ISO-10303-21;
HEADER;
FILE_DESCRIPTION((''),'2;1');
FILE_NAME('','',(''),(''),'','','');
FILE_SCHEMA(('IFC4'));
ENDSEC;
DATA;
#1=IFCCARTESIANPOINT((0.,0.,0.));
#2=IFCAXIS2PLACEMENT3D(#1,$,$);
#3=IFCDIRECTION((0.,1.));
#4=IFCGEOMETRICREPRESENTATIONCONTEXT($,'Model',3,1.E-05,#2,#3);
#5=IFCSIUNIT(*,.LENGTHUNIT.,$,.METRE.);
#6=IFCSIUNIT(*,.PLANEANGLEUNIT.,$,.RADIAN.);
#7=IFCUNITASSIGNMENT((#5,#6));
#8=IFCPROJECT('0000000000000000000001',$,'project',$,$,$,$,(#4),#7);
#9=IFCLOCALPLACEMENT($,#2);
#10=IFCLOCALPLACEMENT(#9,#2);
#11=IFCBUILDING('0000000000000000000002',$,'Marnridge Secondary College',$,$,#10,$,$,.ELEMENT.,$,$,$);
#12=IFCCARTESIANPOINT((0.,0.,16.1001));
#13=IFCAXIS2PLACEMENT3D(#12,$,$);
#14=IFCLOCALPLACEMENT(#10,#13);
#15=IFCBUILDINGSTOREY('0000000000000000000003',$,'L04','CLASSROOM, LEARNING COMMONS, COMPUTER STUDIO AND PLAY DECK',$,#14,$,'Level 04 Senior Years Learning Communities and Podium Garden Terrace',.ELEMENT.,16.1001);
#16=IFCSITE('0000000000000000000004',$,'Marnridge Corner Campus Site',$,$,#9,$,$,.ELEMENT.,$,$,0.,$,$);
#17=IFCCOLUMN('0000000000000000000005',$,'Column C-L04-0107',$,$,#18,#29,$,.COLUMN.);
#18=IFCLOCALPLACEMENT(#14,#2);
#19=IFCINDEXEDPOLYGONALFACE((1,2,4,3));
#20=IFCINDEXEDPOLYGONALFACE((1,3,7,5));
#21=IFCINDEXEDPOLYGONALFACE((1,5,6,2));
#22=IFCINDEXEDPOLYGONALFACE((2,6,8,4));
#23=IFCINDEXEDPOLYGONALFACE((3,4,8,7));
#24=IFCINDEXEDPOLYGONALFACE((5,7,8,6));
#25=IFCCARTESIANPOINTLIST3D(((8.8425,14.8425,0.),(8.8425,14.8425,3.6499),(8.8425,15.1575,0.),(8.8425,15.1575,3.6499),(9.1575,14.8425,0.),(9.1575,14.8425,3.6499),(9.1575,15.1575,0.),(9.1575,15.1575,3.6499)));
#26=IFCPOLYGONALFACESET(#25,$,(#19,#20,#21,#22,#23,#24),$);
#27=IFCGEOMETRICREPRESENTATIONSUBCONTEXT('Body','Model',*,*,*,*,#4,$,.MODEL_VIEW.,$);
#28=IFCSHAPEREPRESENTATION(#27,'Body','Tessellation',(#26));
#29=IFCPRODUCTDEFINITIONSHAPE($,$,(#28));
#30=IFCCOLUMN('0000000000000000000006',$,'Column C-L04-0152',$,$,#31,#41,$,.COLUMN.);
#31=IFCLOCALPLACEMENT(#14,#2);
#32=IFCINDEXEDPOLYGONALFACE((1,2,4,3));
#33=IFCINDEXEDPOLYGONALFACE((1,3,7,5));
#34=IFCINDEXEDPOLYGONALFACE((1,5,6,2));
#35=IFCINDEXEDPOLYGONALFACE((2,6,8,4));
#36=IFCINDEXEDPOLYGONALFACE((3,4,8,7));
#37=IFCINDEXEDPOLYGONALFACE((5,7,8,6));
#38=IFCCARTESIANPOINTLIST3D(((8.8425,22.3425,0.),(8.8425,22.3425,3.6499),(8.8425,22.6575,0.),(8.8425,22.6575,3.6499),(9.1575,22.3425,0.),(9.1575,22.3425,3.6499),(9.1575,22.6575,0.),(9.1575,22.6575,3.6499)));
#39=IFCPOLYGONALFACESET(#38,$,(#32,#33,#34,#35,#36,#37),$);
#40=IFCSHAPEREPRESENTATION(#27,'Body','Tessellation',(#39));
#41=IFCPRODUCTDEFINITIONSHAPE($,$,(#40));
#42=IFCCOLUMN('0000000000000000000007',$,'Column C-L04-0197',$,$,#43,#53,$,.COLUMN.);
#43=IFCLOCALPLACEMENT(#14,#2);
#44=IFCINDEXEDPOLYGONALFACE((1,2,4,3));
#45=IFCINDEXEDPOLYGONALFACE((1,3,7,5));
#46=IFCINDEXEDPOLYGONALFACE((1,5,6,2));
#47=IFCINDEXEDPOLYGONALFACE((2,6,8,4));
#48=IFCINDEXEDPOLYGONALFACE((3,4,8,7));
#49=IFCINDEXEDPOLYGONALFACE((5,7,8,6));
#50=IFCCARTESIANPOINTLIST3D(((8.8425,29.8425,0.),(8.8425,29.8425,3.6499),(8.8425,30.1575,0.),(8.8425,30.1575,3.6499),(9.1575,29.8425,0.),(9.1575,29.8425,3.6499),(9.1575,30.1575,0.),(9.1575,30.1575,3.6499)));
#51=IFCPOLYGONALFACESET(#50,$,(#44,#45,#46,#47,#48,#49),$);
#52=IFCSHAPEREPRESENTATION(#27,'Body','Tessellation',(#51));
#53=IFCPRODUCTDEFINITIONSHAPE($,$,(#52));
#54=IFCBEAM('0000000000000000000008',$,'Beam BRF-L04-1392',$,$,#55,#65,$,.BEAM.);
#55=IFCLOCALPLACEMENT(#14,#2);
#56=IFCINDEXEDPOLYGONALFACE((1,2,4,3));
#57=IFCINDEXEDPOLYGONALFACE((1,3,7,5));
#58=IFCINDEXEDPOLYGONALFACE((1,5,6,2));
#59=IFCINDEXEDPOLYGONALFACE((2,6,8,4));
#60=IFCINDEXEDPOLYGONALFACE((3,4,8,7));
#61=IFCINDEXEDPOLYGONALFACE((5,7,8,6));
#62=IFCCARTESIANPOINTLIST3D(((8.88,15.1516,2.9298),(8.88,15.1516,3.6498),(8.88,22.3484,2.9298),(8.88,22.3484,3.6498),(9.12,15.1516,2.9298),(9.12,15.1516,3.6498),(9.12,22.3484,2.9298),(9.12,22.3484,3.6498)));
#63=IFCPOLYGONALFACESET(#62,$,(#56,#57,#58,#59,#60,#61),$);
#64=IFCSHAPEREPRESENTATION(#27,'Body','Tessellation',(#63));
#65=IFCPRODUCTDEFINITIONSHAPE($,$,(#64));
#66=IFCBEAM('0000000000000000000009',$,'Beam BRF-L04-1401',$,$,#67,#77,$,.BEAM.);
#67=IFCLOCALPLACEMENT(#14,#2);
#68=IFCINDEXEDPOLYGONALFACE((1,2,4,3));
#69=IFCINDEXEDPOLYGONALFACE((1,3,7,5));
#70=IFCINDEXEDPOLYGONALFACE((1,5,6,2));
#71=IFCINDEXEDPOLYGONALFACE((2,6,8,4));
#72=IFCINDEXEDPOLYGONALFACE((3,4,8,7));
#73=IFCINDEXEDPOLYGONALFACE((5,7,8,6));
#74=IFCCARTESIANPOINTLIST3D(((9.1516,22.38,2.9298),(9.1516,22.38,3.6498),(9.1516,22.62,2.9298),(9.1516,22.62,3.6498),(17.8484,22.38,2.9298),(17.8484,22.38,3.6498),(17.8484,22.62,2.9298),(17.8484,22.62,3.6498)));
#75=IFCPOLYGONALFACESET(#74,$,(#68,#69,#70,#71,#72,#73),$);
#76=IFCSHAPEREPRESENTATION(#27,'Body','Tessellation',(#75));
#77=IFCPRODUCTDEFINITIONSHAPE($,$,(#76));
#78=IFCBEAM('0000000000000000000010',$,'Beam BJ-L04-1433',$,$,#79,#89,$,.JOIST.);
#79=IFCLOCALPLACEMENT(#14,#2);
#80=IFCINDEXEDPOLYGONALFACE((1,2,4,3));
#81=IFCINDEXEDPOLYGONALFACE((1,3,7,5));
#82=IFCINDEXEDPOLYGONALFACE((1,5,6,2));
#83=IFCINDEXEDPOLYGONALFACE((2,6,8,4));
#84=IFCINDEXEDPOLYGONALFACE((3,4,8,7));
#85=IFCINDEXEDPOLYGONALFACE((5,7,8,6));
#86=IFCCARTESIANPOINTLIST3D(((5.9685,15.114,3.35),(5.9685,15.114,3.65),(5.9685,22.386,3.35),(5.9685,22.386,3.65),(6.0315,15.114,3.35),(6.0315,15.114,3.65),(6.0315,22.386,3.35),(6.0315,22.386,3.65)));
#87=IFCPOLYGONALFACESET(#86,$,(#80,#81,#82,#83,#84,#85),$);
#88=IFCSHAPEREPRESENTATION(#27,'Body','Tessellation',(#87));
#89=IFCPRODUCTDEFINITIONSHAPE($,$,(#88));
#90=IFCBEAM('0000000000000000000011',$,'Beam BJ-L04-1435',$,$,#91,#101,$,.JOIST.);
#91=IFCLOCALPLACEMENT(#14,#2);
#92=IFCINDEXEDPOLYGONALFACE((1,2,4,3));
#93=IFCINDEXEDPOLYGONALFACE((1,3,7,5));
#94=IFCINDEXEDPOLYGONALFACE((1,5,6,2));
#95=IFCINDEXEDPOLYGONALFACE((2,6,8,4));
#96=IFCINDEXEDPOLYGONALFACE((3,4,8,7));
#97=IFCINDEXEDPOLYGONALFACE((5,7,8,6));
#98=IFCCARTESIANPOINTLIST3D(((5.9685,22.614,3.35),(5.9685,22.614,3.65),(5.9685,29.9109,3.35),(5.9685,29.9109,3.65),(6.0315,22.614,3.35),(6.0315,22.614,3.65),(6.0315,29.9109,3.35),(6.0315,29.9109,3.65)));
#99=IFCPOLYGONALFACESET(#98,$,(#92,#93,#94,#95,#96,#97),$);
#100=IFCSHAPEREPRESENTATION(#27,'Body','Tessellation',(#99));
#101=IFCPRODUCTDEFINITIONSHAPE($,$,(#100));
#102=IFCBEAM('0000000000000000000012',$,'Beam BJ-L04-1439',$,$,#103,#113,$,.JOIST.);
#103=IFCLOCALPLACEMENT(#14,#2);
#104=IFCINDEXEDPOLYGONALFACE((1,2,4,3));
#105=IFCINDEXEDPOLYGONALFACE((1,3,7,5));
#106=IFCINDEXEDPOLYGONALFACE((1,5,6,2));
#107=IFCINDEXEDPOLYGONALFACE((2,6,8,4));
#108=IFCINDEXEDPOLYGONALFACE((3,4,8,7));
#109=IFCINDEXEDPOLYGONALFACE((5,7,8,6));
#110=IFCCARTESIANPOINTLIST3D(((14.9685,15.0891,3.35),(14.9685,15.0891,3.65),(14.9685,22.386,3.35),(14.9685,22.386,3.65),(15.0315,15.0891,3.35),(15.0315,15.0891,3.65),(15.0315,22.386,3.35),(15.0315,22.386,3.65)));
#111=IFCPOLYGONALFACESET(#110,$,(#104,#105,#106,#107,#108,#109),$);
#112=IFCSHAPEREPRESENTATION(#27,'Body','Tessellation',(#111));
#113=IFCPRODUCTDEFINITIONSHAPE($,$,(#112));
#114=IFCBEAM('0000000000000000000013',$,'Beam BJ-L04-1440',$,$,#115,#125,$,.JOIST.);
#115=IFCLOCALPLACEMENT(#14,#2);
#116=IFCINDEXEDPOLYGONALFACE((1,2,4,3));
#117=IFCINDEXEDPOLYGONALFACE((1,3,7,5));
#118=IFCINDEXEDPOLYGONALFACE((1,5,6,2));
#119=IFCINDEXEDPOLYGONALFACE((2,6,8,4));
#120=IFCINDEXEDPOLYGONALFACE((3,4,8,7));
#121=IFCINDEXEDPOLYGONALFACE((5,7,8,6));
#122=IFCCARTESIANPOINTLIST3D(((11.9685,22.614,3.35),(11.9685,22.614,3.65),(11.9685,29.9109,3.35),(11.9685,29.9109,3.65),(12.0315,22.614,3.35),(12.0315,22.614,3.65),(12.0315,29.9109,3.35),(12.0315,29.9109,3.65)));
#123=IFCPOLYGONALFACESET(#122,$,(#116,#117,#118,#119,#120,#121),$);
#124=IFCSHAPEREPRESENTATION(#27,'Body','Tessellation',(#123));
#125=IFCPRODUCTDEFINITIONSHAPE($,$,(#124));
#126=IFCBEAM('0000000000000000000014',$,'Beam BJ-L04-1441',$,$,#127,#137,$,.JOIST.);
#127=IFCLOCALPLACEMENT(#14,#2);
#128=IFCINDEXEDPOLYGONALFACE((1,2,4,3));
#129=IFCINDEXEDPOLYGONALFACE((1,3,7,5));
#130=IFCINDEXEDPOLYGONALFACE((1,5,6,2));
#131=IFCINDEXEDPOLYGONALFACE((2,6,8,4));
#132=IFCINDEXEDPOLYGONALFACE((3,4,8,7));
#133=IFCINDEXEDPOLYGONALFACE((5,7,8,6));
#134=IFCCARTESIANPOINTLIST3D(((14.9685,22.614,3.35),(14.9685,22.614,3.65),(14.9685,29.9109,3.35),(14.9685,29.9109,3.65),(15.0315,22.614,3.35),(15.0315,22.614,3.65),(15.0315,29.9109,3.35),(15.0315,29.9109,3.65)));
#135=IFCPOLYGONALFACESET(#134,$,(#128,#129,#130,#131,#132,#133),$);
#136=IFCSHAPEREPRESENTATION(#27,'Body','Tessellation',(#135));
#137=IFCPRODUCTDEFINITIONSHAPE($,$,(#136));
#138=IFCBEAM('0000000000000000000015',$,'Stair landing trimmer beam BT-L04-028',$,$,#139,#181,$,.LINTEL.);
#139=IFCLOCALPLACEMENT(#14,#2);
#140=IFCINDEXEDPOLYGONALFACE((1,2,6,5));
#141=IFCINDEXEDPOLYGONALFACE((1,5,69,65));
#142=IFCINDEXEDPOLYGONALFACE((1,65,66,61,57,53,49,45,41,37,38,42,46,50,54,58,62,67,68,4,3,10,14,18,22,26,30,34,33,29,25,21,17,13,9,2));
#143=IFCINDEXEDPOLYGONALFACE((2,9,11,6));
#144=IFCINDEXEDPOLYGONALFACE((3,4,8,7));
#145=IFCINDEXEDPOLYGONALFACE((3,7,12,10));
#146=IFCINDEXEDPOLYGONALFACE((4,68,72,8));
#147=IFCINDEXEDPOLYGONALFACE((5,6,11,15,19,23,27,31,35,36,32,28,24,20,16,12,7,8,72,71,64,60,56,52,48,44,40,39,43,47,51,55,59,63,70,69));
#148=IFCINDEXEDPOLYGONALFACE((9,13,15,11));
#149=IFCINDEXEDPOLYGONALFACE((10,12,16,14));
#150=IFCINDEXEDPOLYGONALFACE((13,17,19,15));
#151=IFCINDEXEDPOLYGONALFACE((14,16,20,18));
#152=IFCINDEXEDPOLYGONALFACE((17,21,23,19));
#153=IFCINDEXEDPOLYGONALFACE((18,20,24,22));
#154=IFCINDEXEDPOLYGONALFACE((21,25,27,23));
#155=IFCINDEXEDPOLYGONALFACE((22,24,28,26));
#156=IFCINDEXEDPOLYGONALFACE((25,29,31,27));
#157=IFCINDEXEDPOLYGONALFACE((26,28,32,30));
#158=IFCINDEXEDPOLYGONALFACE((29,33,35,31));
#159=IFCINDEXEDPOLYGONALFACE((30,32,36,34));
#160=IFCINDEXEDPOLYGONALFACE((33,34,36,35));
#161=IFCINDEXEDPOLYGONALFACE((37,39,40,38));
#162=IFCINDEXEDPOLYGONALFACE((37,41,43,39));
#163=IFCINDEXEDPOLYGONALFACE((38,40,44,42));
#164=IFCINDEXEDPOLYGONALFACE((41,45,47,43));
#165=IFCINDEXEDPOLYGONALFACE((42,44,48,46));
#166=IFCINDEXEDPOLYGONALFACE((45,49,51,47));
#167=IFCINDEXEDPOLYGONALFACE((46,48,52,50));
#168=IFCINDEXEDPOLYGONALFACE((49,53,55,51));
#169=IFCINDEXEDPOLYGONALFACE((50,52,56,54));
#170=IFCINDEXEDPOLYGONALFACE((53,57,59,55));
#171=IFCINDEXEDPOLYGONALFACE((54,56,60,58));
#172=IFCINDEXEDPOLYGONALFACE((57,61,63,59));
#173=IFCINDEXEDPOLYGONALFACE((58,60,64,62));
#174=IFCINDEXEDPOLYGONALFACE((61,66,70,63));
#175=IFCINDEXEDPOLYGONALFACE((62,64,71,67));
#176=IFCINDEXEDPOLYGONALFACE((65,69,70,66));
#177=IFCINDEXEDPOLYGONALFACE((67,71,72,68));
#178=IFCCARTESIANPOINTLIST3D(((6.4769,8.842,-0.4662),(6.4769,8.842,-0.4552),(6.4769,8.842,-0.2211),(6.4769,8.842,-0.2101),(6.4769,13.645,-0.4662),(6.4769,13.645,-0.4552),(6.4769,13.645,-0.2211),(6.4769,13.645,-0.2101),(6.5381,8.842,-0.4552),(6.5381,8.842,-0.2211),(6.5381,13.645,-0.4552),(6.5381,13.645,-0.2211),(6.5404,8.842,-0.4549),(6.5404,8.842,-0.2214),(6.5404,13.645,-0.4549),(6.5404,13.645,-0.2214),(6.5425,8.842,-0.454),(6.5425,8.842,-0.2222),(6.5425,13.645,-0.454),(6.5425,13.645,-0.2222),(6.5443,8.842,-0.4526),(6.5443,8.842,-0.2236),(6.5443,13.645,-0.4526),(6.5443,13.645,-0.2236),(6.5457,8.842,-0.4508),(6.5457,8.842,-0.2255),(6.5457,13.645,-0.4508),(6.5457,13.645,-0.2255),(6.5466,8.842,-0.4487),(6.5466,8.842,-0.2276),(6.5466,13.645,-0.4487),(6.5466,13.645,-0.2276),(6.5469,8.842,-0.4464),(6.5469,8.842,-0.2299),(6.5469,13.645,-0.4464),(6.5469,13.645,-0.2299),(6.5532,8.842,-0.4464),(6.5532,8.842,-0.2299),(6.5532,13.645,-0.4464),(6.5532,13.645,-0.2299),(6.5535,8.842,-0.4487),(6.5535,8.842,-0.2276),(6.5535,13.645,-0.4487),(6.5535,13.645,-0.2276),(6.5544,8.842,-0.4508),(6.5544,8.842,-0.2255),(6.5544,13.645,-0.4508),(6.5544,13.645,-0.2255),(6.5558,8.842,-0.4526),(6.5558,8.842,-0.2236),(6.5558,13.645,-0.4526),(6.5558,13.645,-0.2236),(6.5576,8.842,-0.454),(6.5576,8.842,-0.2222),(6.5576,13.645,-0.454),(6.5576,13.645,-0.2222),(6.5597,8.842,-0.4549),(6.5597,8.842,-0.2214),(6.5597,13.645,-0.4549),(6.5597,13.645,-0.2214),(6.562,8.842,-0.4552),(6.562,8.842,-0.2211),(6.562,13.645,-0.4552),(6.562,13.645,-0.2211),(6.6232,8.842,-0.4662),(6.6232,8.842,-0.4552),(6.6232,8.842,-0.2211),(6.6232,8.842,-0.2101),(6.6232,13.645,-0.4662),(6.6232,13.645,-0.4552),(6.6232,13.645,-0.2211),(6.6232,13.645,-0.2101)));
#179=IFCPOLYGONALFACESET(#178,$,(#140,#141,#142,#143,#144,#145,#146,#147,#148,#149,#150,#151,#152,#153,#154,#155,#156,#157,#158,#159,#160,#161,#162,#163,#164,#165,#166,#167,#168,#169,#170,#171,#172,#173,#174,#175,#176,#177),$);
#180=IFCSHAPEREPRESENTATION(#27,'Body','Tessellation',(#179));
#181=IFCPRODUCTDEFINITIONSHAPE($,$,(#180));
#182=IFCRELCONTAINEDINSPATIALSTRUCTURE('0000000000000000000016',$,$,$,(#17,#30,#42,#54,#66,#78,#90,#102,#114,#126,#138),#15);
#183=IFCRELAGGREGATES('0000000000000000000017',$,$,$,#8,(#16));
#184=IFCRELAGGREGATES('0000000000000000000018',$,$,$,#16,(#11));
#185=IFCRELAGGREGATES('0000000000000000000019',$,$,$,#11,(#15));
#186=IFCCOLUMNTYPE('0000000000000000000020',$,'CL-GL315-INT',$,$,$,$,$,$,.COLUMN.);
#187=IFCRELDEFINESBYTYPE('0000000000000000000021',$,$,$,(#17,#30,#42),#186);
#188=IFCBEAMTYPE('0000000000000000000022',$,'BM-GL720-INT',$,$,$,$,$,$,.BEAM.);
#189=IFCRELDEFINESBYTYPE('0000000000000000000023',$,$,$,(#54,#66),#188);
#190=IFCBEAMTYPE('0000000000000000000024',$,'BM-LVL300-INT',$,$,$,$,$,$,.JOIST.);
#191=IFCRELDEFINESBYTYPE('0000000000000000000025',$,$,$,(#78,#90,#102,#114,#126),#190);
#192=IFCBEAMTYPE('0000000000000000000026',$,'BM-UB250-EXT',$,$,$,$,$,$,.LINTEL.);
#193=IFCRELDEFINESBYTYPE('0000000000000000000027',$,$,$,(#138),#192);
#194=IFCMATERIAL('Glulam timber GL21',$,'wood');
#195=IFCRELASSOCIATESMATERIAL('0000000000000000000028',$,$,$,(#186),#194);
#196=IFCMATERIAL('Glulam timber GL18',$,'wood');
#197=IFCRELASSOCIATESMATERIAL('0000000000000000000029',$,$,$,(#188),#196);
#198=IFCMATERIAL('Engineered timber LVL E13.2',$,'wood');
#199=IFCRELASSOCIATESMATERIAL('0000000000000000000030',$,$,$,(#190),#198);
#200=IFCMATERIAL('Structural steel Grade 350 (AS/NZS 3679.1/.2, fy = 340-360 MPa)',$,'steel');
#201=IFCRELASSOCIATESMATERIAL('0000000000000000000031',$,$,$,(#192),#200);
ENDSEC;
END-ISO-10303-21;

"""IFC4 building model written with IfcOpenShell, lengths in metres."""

from ifc_helpers import new_model, si_unit, direction, frame, origin, origin_2d, place, context, subcontext, project, spatial, rectangle, i_section, extrude, material, material_profile, profile_set, type_object, element, save


model = new_model("IFC4")

# Units and contexts
model_context = context("Model", 3, precision=1e-05, world=origin(), true_north=direction((0.0, 1.0)))
body_context = subcontext(model_context, "Body", "Model", "MODEL_VIEW")
ifc_project = project(units=[si_unit("LENGTHUNIT", "METRE"), si_unit("PLANEANGLEUNIT", "RADIAN")], contexts=[model_context])

# Site, building, storey
site_placement = place(None, origin())
site = spatial("IfcSite", under=ifc_project, at=site_placement, Name="Marnridge Corner Campus Site", CompositionType="ELEMENT", RefElevation=0.0)
building_placement = place(site_placement, origin())
building = spatial("IfcBuilding", under=site, at=building_placement, Name="Marnridge Secondary College", CompositionType="ELEMENT")
storey_placement = place(building_placement, frame((0.0, 0.0, 16.1001)))
storey = spatial("IfcBuildingStorey", under=building, at=storey_placement, Name="L04", Description="CLASSROOM, LEARNING COMMONS, COMPUTER STUDIO AND PLAY DECK", LongName="Level 04 Senior Years Learning Communities and Podium Garden Terrace", CompositionType="ELEMENT", Elevation=16.1001)

# Columns
ifc_material_1 = material(Name="Glulam timber GL21", Category="wood")
ifc_material_profile_1 = material_profile(ifc_material_1, rectangle(XDim=0.3149, YDim=0.3149, at=origin_2d()), Name="GL21 315x315")
ifc_profile_set_1 = profile_set([ifc_material_profile_1], Name="Glulam timber GL21")
column_type = type_object("IfcColumnType", Name="CL-GL315-INT", PredefinedType="COLUMN", material=ifc_profile_set_1)
for number, where, z_axis, x_axis, name in (
    (1, (9.0, 15.0, 0.0), (0.0, 0.0, 1.0), (1.0, 0.0, 0.0), "Column C-L04-0107"),
    (2, (9.0, 22.5, 0.0), (0.0, 0.0, 1.0), (1.0, 0.0, 0.0), "Column C-L04-0152"),
    (3, (9.0, 30.0, 0.0), (0.0, 0.0, 1.0), (1.0, 0.0, 0.0), "Column C-L04-0197"),
):
    element("IfcColumn", number, at=place(storey_placement, frame(where, z_axis=z_axis, x_axis=x_axis)), inside=storey, type_object=column_type, Name=name, PredefinedType="COLUMN", context=body_context, shape_type="SweptSolid", body=[
        extrude(rectangle(XDim=0.3149, YDim=0.3149, at=origin_2d()), origin(), (0.0, 0.0, 1.0), 3.6499),
    ])

# Beams
ifc_material_2 = material(Name="Glulam timber GL18", Category="wood")
ifc_material_profile_2 = material_profile(ifc_material_2, rectangle(XDim=0.24, YDim=0.72, at=origin_2d()), Name="GL18 240x720")
ifc_profile_set_2 = profile_set([ifc_material_profile_2], Name="Glulam timber GL18")
beam_type_1 = type_object("IfcBeamType", Name="BM-GL720-INT", PredefinedType="BEAM", material=ifc_profile_set_2)
beam_1_placement = place(storey_placement, frame((9.0, 15.1516, 3.2898), z_axis=(0.0, 1.0, 0.0), x_axis=(-1.0, 0.0, 0.0)))
element("IfcBeam", 4, at=beam_1_placement, inside=storey, type_object=beam_type_1, Name="Beam BRF-L04-1392", PredefinedType="BEAM", context=body_context, shape_type="SweptSolid", body=[
    extrude(rectangle(XDim=0.24, YDim=0.72, at=origin_2d()), origin(), (0.0, 0.0, 1.0), 7.1968),
])
beam_2_placement = place(storey_placement, frame((9.1516, 22.5, 3.2898), z_axis=(1.0, 0.0, 0.0), x_axis=(0.0, 1.0, 0.0)))
element("IfcBeam", 5, at=beam_2_placement, inside=storey, type_object=beam_type_1, Name="Beam BRF-L04-1401", PredefinedType="BEAM", context=body_context, shape_type="SweptSolid", body=[
    extrude(rectangle(XDim=0.24, YDim=0.72, at=origin_2d()), origin(), (0.0, 0.0, 1.0), 8.6968),
])
ifc_material_3 = material(Name="Engineered timber LVL E13.2", Category="wood")
ifc_material_profile_3 = material_profile(ifc_material_3, rectangle(XDim=0.063, YDim=0.3, at=origin_2d()), Name="LVL 63x300")
ifc_profile_set_3 = profile_set([ifc_material_profile_3], Name="Engineered timber LVL E13.2")
beam_type_2 = type_object("IfcBeamType", Name="BM-LVL300-INT", PredefinedType="JOIST", material=ifc_profile_set_3)
beam_3_placement = place(storey_placement, frame((6.0, 15.114, 3.5), z_axis=(0.0, 1.0, 0.0), x_axis=(-1.0, 0.0, 0.0)))
element("IfcBeam", 6, at=beam_3_placement, inside=storey, type_object=beam_type_2, Name="Beam BJ-L04-1433", PredefinedType="JOIST", context=body_context, shape_type="SweptSolid", body=[
    extrude(rectangle(XDim=0.063, YDim=0.3, at=origin_2d()), origin(), (0.0, 0.0, 1.0), 7.272),
])
for number, where, z_axis, x_axis, name in (
    (7, (6.0, 22.614, 3.5), (0.0, 1.0, 0.0), (-1.0, 0.0, 0.0), "Beam BJ-L04-1435"),
    (8, (15.0, 15.0891, 3.5), (0.0, 1.0, 0.0), (-1.0, 0.0, 0.0), "Beam BJ-L04-1439"),
    (9, (12.0, 22.614, 3.5), (0.0, 1.0, 0.0), (-1.0, 0.0, 0.0), "Beam BJ-L04-1440"),
    (10, (15.0, 22.614, 3.5), (0.0, 1.0, 0.0), (-1.0, 0.0, 0.0), "Beam BJ-L04-1441"),
):
    element("IfcBeam", number, at=place(storey_placement, frame(where, z_axis=z_axis, x_axis=x_axis)), inside=storey, type_object=beam_type_2, Name=name, PredefinedType="JOIST", context=body_context, shape_type="SweptSolid", body=[
        extrude(rectangle(XDim=0.063, YDim=0.3, at=origin_2d()), origin(), (0.0, 0.0, 1.0), 7.2969),
    ])
ifc_material_4 = material(Name="Structural steel Grade 350 (AS/NZS 3679.1/.2, fy = 340-360 MPa)", Category="steel")
ifc_material_profile_4 = material_profile(ifc_material_4, i_section(OverallWidth=0.1462, OverallDepth=0.2561, WebThickness=0.0063, FlangeThickness=0.011, FilletRadius=0.0088, at=origin_2d()), Name="250UB37.3")
ifc_profile_set_4 = profile_set([ifc_material_profile_4], Name="Structural steel Grade 350 (AS/NZS 3679.1/.2, fy = 340-360 MPa)")
beam_type_3 = type_object("IfcBeamType", Name="BM-UB250-EXT", PredefinedType="LINTEL", material=ifc_profile_set_4)
beam_4_placement = place(storey_placement, frame((6.55, 8.842, -0.3381), z_axis=(0.0, 1.0, 0.0), x_axis=(-1.0, 0.0, 0.0)))
element("IfcBeam", 11, at=beam_4_placement, inside=storey, type_object=beam_type_3, Name="Stair landing trimmer beam BT-L04-028", PredefinedType="LINTEL", context=body_context, shape_type="SweptSolid", body=[
    extrude(i_section(OverallWidth=0.1462, OverallDepth=0.2561, WebThickness=0.0063, FlangeThickness=0.011, FilletRadius=0.0088, at=origin_2d()), origin(), (0.0, 0.0, 1.0), 4.803),
])

save(model, "model.ifc")
